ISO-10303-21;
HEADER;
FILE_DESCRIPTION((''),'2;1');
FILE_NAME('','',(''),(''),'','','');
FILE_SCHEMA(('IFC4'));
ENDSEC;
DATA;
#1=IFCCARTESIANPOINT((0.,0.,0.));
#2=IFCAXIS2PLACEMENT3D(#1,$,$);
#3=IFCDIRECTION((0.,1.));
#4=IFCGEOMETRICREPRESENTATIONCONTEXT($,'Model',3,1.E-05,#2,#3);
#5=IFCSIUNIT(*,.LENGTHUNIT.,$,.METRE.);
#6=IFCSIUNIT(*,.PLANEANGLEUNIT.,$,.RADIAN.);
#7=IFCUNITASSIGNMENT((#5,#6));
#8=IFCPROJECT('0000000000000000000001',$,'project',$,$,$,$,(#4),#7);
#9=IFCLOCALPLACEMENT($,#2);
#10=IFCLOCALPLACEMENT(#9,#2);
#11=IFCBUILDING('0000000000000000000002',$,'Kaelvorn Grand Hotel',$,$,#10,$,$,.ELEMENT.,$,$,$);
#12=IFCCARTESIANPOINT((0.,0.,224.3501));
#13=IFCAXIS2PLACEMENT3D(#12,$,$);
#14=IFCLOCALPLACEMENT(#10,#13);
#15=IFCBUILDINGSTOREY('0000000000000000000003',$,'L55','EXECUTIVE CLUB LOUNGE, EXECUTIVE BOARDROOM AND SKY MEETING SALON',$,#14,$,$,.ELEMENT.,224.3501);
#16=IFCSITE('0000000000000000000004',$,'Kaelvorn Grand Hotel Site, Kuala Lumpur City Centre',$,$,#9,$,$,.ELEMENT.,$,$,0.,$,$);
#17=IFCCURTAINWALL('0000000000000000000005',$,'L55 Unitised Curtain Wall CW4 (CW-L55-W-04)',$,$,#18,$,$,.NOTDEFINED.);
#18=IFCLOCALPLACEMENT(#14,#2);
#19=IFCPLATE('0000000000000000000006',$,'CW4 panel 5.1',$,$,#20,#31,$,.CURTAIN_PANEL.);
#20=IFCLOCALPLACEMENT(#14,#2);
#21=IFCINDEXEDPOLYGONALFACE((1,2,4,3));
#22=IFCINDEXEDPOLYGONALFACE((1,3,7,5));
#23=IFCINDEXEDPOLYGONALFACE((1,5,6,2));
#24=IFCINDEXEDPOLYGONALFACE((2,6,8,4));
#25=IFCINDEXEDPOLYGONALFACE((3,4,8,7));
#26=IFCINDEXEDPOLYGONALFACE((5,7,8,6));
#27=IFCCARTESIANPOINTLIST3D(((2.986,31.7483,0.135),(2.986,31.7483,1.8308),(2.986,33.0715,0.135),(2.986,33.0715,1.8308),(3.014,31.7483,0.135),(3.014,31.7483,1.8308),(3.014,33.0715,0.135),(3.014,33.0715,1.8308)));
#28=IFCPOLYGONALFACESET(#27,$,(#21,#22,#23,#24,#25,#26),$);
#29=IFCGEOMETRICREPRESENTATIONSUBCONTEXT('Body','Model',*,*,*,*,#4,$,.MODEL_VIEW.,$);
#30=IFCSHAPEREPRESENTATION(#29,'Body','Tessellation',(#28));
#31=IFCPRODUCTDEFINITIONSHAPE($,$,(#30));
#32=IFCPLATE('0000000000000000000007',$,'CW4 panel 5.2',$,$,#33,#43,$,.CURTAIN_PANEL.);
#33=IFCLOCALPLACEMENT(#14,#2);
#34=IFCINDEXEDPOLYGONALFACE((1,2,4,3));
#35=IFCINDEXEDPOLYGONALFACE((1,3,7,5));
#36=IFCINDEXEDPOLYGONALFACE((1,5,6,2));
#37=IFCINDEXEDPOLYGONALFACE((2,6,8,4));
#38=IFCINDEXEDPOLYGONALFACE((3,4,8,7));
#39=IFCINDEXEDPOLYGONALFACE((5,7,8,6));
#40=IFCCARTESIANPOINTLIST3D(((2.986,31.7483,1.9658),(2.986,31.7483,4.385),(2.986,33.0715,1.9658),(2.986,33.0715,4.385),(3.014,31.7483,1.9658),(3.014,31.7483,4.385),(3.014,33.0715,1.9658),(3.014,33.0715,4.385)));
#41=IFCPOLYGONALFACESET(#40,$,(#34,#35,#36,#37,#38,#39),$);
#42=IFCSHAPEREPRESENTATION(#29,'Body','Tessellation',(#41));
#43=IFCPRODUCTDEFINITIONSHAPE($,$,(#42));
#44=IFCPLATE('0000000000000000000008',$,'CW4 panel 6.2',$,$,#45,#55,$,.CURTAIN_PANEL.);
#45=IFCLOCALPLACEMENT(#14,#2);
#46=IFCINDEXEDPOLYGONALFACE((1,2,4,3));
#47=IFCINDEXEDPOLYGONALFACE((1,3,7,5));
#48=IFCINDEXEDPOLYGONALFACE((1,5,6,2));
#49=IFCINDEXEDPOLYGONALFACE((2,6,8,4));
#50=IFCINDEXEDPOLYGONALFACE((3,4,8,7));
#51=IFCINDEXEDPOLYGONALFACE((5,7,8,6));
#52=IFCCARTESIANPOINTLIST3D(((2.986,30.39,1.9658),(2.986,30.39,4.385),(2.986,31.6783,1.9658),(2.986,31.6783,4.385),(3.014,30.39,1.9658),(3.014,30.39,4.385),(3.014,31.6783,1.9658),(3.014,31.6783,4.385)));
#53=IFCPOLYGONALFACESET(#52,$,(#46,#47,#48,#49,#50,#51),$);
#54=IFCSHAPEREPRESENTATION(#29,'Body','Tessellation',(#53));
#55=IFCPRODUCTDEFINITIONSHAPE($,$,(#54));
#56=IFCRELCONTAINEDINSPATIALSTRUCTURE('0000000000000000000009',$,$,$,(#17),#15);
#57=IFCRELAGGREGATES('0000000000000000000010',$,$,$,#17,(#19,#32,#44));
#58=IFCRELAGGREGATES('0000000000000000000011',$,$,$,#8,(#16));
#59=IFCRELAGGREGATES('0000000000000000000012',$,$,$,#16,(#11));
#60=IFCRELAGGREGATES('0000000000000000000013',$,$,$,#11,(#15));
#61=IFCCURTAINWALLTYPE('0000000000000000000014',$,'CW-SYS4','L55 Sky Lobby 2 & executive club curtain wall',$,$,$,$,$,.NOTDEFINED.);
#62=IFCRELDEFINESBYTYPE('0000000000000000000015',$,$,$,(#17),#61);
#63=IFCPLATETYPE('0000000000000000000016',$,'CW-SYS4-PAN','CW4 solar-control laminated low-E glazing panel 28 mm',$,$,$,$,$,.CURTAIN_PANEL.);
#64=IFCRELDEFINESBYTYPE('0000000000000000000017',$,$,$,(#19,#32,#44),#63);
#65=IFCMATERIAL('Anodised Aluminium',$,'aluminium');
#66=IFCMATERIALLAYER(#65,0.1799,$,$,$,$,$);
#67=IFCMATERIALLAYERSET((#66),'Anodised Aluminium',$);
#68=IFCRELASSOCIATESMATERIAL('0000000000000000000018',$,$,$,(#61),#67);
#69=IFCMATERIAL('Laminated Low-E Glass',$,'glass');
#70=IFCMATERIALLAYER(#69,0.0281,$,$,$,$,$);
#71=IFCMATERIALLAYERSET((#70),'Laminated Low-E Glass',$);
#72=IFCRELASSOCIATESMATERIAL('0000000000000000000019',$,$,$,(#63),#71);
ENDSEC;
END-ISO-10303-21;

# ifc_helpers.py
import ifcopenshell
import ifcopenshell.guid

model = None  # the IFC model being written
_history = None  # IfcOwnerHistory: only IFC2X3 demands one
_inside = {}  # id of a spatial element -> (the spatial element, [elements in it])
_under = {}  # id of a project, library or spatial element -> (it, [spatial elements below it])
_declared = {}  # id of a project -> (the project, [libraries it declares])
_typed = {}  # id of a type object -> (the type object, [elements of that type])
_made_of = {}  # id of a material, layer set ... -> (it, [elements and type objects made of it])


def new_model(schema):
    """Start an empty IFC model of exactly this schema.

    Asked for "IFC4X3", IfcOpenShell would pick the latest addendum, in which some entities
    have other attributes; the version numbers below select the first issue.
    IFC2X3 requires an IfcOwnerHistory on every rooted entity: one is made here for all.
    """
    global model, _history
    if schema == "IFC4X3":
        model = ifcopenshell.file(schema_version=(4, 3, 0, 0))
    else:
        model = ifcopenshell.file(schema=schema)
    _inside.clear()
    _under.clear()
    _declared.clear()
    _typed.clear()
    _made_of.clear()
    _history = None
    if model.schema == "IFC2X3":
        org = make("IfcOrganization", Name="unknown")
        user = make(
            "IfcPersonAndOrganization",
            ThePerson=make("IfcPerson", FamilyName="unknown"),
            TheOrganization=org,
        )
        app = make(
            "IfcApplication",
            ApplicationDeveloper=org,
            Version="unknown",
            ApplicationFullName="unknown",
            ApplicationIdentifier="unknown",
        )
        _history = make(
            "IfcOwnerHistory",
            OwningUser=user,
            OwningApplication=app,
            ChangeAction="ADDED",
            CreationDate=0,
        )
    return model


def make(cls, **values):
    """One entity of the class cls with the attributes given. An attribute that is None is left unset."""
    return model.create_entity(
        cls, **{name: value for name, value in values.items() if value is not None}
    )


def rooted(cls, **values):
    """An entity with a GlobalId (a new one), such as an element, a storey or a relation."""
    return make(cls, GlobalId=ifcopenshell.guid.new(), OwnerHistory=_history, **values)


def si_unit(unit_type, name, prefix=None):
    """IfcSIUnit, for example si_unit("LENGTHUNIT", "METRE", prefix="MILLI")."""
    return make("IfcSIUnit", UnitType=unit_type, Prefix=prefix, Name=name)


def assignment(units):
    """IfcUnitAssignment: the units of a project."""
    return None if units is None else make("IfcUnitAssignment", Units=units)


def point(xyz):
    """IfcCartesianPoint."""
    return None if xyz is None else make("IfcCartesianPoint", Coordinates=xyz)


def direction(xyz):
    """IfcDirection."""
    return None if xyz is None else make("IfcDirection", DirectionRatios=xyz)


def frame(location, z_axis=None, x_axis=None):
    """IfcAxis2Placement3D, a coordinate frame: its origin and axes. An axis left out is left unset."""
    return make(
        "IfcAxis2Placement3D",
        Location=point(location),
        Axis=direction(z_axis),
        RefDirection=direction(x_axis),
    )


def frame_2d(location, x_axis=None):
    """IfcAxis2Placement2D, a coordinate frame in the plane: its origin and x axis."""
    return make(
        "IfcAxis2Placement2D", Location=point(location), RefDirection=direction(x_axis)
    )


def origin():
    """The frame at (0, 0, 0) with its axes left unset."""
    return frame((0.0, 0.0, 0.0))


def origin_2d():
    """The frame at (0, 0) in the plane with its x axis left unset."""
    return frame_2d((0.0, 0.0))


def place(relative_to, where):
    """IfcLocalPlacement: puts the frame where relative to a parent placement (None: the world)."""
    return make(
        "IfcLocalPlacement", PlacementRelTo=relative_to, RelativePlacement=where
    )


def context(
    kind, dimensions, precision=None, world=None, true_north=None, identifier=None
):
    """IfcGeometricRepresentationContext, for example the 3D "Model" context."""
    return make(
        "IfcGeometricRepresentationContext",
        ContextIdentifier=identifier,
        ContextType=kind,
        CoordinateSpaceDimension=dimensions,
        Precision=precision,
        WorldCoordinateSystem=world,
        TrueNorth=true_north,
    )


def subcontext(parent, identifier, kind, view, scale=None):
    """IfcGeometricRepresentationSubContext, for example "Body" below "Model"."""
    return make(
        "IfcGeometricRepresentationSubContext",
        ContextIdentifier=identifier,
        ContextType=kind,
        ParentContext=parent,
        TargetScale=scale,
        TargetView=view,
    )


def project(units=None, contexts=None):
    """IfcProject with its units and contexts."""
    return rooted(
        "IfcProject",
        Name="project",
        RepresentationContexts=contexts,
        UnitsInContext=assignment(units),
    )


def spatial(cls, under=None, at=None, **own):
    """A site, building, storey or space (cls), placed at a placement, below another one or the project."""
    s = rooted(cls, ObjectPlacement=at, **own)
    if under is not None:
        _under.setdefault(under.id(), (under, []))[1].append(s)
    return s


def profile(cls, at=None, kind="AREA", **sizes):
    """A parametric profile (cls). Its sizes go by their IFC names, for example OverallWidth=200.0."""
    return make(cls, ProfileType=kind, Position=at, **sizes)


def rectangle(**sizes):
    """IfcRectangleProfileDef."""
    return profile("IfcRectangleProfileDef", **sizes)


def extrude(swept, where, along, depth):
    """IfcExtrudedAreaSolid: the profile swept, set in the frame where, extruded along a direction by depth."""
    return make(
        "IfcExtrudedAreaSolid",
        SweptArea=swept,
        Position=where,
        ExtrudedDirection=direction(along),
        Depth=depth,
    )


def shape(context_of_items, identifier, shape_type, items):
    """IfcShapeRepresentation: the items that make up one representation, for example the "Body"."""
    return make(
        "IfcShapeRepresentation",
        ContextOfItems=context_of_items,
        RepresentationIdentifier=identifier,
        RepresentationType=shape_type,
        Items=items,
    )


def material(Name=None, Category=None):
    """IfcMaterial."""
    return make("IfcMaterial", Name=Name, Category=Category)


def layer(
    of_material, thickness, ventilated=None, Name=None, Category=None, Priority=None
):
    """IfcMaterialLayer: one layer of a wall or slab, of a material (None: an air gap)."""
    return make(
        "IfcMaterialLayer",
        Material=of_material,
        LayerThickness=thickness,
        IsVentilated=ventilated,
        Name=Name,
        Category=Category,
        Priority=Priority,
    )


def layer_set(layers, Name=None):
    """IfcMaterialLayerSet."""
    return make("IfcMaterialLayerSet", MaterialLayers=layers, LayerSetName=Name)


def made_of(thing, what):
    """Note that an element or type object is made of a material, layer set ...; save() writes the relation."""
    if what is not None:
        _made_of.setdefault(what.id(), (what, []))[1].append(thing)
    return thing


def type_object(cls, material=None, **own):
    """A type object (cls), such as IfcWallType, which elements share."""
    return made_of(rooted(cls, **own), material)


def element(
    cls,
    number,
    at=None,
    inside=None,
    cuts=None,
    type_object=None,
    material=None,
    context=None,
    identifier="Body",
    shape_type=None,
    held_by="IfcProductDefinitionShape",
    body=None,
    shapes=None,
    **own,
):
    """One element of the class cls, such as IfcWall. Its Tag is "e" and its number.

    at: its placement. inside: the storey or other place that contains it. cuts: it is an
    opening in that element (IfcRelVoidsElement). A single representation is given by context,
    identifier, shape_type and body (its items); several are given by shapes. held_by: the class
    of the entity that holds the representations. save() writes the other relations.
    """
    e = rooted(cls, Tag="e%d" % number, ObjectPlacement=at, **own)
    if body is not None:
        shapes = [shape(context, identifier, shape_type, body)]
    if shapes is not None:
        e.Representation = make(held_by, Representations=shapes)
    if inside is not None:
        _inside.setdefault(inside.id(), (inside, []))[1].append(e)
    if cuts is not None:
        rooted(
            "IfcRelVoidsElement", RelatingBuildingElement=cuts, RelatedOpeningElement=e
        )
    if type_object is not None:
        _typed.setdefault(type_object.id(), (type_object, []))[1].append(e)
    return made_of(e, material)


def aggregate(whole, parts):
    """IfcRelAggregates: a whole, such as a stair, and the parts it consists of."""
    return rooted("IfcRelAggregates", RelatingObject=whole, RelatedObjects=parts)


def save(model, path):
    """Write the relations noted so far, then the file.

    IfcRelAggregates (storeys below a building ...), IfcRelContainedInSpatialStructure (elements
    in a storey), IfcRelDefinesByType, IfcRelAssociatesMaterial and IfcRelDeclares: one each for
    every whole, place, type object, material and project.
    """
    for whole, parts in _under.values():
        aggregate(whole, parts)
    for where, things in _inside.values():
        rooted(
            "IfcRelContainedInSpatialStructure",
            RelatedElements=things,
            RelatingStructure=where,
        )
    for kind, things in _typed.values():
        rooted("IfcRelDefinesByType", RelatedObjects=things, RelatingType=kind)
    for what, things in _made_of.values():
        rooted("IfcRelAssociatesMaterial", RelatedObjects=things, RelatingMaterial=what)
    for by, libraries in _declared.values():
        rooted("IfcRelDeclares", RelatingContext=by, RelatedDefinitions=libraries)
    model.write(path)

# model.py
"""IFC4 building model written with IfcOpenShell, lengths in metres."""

from ifc_helpers import new_model, si_unit, direction, frame, origin, origin_2d, place, context, subcontext, project, spatial, rectangle, extrude, material, layer, layer_set, type_object, element, aggregate, save


model = new_model("IFC4")

# Units and contexts
model_context = context("Model", 3, precision=1e-05, world=origin(), true_north=direction((0.0, 1.0)))
body_context = subcontext(model_context, "Body", "Model", "MODEL_VIEW")
ifc_project = project(units=[si_unit("LENGTHUNIT", "METRE"), si_unit("PLANEANGLEUNIT", "RADIAN")], contexts=[model_context])

# Site, building, storey
site_placement = place(None, origin())
site = spatial("IfcSite", under=ifc_project, at=site_placement, Name="Kaelvorn Grand Hotel Site, Kuala Lumpur City Centre", CompositionType="ELEMENT", RefElevation=0.0)
building_placement = place(site_placement, origin())
building = spatial("IfcBuilding", under=site, at=building_placement, Name="Kaelvorn Grand Hotel", CompositionType="ELEMENT")
storey_placement = place(building_placement, frame((0.0, 0.0, 224.3501)))
storey = spatial("IfcBuildingStorey", under=building, at=storey_placement, Name="L55", Description="EXECUTIVE CLUB LOUNGE, EXECUTIVE BOARDROOM AND SKY MEETING SALON", CompositionType="ELEMENT", Elevation=224.3501)

# Curtain wall, plates
ifc_material_1 = material(Name="Anodised Aluminium", Category="aluminium")
ifc_layer_1 = layer(ifc_material_1, 0.1799)
ifc_layer_set_1 = layer_set([ifc_layer_1], Name="Anodised Aluminium")
curtain_wall_type = type_object("IfcCurtainWallType", Name="CW-SYS4", Description="L55 Sky Lobby 2 & executive club curtain wall", PredefinedType="NOTDEFINED", material=ifc_layer_set_1)
curtain_wall_placement = place(storey_placement, origin())
curtain_wall = element("IfcCurtainWall", 1, at=curtain_wall_placement, inside=storey, type_object=curtain_wall_type, Name="L55 Unitised Curtain Wall CW4 (CW-L55-W-04)", PredefinedType="NOTDEFINED")
ifc_material_2 = material(Name="Laminated Low-E Glass", Category="glass")
ifc_layer_2 = layer(ifc_material_2, 0.0281)
ifc_layer_set_2 = layer_set([ifc_layer_2], Name="Laminated Low-E Glass")
plate_type = type_object("IfcPlateType", Name="CW-SYS4-PAN", Description="CW4 solar-control laminated low-E glazing panel 28 mm", PredefinedType="CURTAIN_PANEL", material=ifc_layer_set_2)
plate_1_placement = place(storey_placement, frame((3.0, 32.4099, 0.135), z_axis=(0.0, 0.0, 1.0), x_axis=(0.0, -1.0, 0.0)))
plate_1 = element("IfcPlate", 2, at=plate_1_placement, type_object=plate_type, Name="CW4 panel 5.1", PredefinedType="CURTAIN_PANEL", context=body_context, shape_type="SweptSolid", body=[
    extrude(rectangle(XDim=1.3232, YDim=0.0281, at=origin_2d()), origin(), (0.0, 0.0, 1.0), 1.6958),
])
plate_2_placement = place(storey_placement, frame((3.0, 32.4099, 1.9658), z_axis=(0.0, 0.0, 1.0), x_axis=(0.0, -1.0, 0.0)))
plate_2 = element("IfcPlate", 3, at=plate_2_placement, type_object=plate_type, Name="CW4 panel 5.2", PredefinedType="CURTAIN_PANEL", context=body_context, shape_type="SweptSolid", body=[
    extrude(rectangle(XDim=1.3232, YDim=0.0281, at=origin_2d()), origin(), (0.0, 0.0, 1.0), 2.4192),
])
plate_3_placement = place(storey_placement, frame((3.0, 31.0342, 1.9658), z_axis=(0.0, 0.0, 1.0), x_axis=(0.0, -1.0, 0.0)))
plate_3 = element("IfcPlate", 4, at=plate_3_placement, type_object=plate_type, Name="CW4 panel 6.2", PredefinedType="CURTAIN_PANEL", context=body_context, shape_type="SweptSolid", body=[
    extrude(rectangle(XDim=1.2883, YDim=0.0281, at=origin_2d()), origin(), (0.0, 0.0, 1.0), 2.4192),
])
aggregate(curtain_wall, [plate_1, plate_2, plate_3])

save(model, "model.ifc")
